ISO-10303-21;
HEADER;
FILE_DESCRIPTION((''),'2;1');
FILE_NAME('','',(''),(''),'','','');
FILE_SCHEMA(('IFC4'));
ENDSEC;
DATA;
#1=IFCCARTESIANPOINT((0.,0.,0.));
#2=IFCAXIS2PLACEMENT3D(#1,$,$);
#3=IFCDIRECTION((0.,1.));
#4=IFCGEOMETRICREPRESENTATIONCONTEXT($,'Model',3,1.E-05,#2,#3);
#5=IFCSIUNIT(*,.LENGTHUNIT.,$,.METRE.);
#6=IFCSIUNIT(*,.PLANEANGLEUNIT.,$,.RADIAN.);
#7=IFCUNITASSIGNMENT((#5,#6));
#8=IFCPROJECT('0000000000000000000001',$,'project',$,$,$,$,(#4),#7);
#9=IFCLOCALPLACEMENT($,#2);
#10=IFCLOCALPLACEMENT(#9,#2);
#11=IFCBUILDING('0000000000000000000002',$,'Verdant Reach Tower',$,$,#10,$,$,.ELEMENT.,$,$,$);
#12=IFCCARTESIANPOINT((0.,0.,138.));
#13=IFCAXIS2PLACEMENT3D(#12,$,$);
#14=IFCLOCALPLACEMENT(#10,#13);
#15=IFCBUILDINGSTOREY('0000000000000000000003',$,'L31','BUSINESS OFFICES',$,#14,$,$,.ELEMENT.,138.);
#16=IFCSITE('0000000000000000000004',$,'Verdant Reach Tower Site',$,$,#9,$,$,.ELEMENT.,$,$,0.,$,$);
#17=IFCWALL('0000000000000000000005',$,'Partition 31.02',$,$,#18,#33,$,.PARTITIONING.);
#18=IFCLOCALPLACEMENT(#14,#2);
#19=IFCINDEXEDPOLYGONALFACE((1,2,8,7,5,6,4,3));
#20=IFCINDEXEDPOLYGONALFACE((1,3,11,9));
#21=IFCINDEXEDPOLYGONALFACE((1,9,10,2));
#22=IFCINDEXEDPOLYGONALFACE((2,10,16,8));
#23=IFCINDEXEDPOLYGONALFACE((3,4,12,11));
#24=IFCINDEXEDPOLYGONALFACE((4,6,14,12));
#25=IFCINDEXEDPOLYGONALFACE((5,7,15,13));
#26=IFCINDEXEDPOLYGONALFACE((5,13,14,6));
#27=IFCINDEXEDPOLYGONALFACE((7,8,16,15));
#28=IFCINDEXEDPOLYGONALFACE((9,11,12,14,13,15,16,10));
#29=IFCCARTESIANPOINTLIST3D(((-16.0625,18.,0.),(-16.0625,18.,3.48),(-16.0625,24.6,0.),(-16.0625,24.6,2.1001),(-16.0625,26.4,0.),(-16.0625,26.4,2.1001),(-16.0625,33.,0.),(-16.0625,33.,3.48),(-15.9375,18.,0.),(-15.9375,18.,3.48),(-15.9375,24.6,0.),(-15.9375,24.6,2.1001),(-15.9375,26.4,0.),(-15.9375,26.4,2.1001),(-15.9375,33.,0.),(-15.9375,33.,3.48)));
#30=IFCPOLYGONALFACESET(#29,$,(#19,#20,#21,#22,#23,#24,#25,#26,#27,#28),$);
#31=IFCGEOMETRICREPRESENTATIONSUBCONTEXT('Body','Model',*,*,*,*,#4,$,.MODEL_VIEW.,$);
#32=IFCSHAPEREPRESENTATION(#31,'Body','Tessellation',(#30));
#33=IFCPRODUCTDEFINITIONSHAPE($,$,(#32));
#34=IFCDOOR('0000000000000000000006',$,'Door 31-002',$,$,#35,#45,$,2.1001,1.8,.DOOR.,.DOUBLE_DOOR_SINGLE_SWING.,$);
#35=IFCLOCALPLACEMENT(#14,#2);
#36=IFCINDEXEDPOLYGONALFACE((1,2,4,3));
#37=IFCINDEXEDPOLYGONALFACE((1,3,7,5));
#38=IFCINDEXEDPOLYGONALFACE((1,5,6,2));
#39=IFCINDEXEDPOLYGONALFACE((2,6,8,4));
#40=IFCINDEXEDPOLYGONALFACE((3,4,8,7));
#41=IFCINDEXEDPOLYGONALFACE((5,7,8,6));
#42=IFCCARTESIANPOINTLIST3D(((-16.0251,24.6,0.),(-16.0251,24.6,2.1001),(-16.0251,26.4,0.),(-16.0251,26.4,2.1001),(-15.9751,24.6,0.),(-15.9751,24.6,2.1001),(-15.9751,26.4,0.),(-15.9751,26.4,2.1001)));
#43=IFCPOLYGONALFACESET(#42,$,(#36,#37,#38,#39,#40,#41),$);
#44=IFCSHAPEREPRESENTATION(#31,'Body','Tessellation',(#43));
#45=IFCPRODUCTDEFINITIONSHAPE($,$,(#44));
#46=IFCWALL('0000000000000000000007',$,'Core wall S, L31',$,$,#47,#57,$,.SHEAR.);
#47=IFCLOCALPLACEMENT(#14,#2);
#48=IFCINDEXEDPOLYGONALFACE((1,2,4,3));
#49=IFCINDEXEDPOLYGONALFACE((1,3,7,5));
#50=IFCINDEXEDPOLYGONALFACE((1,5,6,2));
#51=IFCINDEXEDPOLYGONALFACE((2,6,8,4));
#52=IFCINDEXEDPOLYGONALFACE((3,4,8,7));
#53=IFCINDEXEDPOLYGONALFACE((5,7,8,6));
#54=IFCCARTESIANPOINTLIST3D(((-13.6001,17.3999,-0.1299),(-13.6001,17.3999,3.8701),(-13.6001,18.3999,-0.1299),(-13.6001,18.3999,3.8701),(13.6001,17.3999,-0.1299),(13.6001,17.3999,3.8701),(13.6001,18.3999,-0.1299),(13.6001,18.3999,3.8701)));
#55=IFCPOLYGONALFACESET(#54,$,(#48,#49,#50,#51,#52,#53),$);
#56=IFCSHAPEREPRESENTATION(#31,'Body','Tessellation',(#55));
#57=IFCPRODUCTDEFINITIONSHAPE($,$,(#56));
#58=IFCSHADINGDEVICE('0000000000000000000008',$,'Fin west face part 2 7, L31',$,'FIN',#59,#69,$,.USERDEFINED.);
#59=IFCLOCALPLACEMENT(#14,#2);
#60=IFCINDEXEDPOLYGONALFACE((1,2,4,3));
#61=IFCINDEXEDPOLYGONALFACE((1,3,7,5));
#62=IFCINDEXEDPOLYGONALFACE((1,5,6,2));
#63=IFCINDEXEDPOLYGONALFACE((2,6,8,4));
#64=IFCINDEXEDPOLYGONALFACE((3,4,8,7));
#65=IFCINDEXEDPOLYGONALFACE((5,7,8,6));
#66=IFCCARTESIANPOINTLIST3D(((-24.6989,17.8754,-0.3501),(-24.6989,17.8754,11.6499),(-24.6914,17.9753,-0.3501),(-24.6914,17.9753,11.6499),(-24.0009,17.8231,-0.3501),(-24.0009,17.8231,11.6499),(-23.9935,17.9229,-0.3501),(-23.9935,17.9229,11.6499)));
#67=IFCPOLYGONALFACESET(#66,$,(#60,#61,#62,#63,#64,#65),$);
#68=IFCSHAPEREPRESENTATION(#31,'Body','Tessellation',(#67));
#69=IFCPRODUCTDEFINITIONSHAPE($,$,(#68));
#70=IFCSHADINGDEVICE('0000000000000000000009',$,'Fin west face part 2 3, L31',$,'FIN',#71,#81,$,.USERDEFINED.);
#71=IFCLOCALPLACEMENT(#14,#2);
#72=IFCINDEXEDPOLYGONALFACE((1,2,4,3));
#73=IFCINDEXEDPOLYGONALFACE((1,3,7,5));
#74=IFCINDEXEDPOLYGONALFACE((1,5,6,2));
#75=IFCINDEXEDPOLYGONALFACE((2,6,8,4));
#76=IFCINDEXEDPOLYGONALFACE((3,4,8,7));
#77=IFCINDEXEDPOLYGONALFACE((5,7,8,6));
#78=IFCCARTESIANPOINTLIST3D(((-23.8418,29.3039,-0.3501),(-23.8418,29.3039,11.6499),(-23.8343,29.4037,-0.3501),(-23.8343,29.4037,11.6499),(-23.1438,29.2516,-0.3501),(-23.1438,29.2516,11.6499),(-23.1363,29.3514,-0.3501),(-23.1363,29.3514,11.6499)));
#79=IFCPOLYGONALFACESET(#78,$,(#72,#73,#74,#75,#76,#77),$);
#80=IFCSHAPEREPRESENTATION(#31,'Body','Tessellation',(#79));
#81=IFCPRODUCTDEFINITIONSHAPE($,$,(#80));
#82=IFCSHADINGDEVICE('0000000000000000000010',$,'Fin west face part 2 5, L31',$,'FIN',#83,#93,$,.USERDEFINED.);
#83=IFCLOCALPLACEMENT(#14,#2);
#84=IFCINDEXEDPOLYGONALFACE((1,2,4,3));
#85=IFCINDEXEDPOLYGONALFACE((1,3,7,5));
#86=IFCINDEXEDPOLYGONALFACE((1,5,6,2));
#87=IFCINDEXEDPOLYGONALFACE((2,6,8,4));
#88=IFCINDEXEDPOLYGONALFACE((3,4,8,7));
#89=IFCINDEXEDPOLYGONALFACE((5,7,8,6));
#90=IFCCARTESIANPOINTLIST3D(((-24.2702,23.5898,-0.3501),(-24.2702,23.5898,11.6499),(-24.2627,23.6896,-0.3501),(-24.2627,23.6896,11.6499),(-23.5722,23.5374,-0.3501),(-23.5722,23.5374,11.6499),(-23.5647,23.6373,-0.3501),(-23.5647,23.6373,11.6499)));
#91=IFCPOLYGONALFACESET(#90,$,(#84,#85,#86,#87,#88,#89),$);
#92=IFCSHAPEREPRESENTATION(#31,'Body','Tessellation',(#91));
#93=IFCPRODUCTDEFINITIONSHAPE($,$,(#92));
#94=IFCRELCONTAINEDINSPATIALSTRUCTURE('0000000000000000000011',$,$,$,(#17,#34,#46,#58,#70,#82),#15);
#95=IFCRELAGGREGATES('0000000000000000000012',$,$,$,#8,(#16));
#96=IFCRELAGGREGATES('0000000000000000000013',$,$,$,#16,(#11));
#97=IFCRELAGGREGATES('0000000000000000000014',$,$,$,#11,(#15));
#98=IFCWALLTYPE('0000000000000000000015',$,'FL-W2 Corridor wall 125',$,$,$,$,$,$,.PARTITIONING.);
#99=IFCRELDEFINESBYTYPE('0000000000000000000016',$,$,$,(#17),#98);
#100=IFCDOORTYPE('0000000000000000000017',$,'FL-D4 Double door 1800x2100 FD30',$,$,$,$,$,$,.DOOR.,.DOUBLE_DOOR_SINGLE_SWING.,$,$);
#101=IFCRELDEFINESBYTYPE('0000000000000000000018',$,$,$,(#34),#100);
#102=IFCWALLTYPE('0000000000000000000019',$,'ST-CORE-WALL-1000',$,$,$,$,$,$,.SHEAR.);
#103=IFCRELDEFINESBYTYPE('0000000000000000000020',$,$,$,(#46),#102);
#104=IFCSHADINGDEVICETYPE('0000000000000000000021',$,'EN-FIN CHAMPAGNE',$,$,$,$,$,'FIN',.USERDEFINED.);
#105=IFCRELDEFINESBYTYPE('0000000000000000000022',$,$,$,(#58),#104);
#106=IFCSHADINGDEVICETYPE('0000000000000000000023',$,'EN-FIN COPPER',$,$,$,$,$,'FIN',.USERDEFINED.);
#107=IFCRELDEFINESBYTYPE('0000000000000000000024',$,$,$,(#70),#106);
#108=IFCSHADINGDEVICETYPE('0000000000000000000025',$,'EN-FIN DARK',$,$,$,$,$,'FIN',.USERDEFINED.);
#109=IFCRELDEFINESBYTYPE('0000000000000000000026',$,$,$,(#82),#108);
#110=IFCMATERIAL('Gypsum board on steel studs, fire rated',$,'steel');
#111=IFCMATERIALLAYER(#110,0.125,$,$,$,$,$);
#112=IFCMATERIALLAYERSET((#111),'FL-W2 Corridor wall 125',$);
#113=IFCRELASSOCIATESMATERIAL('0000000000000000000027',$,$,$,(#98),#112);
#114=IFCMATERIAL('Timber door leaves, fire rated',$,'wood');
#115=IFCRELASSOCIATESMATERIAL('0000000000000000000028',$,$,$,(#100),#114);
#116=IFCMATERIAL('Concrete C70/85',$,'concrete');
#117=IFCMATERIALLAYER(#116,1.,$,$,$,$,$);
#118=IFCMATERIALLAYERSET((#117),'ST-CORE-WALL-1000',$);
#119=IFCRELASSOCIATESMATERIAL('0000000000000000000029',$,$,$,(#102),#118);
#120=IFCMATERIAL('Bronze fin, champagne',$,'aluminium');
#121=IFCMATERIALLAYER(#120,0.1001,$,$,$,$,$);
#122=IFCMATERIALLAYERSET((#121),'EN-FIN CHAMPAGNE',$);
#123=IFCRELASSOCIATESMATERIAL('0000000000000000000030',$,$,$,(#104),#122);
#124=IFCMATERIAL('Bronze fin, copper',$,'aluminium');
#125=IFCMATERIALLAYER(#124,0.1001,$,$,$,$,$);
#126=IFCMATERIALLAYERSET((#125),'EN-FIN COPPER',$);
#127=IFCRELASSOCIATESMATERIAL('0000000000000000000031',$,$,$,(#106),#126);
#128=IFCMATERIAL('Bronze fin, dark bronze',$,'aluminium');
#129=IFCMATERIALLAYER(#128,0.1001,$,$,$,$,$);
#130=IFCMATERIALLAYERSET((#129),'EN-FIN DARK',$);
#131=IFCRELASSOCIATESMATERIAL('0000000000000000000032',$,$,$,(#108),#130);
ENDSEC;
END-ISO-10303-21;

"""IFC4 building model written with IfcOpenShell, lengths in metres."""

from ifc_helpers import new_model, si_unit, direction, frame, frame_2d, origin, origin_2d, place, context, subcontext, project, spatial, rectangle, extrude, material, layer, layer_set, type_object, element, fill, save


model = new_model("IFC4")

# Units and contexts
model_context = context("Model", 3, precision=1e-05, world=origin(), true_north=direction((0.0, 1.0)))
body_context = subcontext(model_context, "Body", "Model", "MODEL_VIEW")
ifc_project = project(units=[si_unit("LENGTHUNIT", "METRE"), si_unit("PLANEANGLEUNIT", "RADIAN")], contexts=[model_context])

# Site, building, storey
site_placement = place(None, origin())
site = spatial("IfcSite", under=ifc_project, at=site_placement, Name="Verdant Reach Tower Site", CompositionType="ELEMENT", RefElevation=0.0)
building_placement = place(site_placement, origin())
building = spatial("IfcBuilding", under=site, at=building_placement, Name="Verdant Reach Tower", CompositionType="ELEMENT")
storey_placement = place(building_placement, frame((0.0, 0.0, 138.0)))
storey = spatial("IfcBuildingStorey", under=building, at=storey_placement, Name="L31", Description="BUSINESS OFFICES", CompositionType="ELEMENT", Elevation=138.0)

# Wall, opening, door
ifc_material_1 = material(Name="Gypsum board on steel studs, fire rated", Category="steel")
ifc_layer_1 = layer(ifc_material_1, 0.125)
ifc_layer_set_1 = layer_set([ifc_layer_1], Name="FL-W2 Corridor wall 125")
wall_type_1 = type_object("IfcWallType", Name="FL-W2 Corridor wall 125", PredefinedType="PARTITIONING", material=ifc_layer_set_1)
wall_1_placement = place(storey_placement, frame((-16.0, 33.0, 0.0), z_axis=(0.0, 0.0, 1.0), x_axis=(0.0, -1.0, 0.0)))
wall_1 = element("IfcWall", 1, at=wall_1_placement, inside=storey, type_object=wall_type_1, Name="Partition 31.02", PredefinedType="PARTITIONING", context=body_context, shape_type="SweptSolid", body=[
    extrude(rectangle(XDim=15.0, YDim=0.125, at=frame_2d((7.5, 0.0))), origin(), (0.0, 0.0, 1.0), 3.48),
])
opening_placement = place(wall_1_placement, frame((6.6001, 0.0, 0.0)))
opening = element("IfcOpeningElement", 2, at=opening_placement, cuts=wall_1, PredefinedType="OPENING", context=body_context, shape_type="SweptSolid", body=[
    extrude(rectangle(XDim=1.8, YDim=2.1001, at=frame_2d((0.8999, 1.05))), frame((0.0, 0.0725, 0.0), z_axis=(0.0, -1.0, 0.0), x_axis=(1.0, 0.0, 0.0)), (0.0, 0.0, 1.0), 0.145),
])
ifc_material_2 = material(Name="Timber door leaves, fire rated", Category="wood")
door_type = type_object("IfcDoorType", Name="FL-D4 Double door 1800x2100 FD30", OperationType="DOUBLE_DOOR_SINGLE_SWING", PredefinedType="DOOR", material=ifc_material_2)
door_placement = place(opening_placement, origin())
door = element("IfcDoor", 3, at=door_placement, inside=storey, type_object=door_type, Name="Door 31-002", OperationType="DOUBLE_DOOR_SINGLE_SWING", OverallHeight=2.1001, OverallWidth=1.8, PredefinedType="DOOR", context=body_context, shape_type="SweptSolid", body=[
    extrude(rectangle(XDim=1.8, YDim=2.1001, at=frame_2d((0.8999, 1.05))), frame((0.0, 0.0249, 0.0), z_axis=(0.0, -1.0, 0.0), x_axis=(1.0, 0.0, 0.0)), (0.0, 0.0, 1.0), 0.05),
])
fill(opening, door)

# Wall
ifc_material_3 = material(Name="Concrete C70/85", Category="concrete")
ifc_layer_2 = layer(ifc_material_3, 1.0)
ifc_layer_set_2 = layer_set([ifc_layer_2], Name="ST-CORE-WALL-1000")
wall_type_2 = type_object("IfcWallType", Name="ST-CORE-WALL-1000", PredefinedType="SHEAR", material=ifc_layer_set_2)
wall_2_placement = place(storey_placement, frame((-13.6001, 17.8999, -0.1299), z_axis=(0.0, 0.0, 1.0), x_axis=(1.0, 0.0, 0.0)))
element("IfcWall", 4, at=wall_2_placement, inside=storey, type_object=wall_type_2, Name="Core wall S, L31", PredefinedType="SHEAR", context=body_context, shape_type="SweptSolid", body=[
    extrude(rectangle(XDim=27.2002, YDim=1.0, at=frame_2d((13.6001, 0.0))), origin(), (0.0, 0.0, 1.0), 4.0),
])

# Shading devices
ifc_material_4 = material(Name="Bronze fin, champagne", Category="aluminium")
ifc_layer_3 = layer(ifc_material_4, 0.1001)
ifc_layer_set_3 = layer_set([ifc_layer_3], Name="EN-FIN CHAMPAGNE")
shading_device_type_1 = type_object("IfcShadingDeviceType", Name="EN-FIN CHAMPAGNE", ElementType="FIN", PredefinedType="USERDEFINED", material=ifc_layer_set_3)
shading_device_1_placement = place(storey_placement, frame((-24.3462, 17.8992, -0.3501), z_axis=(0.0, 0.0, 1.0), x_axis=(-0.07479, -0.997199, 0.0)))
element("IfcShadingDevice", 5, at=shading_device_1_placement, inside=storey, type_object=shading_device_type_1, Name="Fin west face part 2 7, L31", ObjectType="FIN", PredefinedType="USERDEFINED", context=body_context, shape_type="SweptSolid", body=[
    extrude(rectangle(XDim=0.1001, YDim=0.7, at=origin_2d()), origin(), (0.0, 0.0, 1.0), 12.0),
])
ifc_material_5 = material(Name="Bronze fin, copper", Category="aluminium")
ifc_layer_4 = layer(ifc_material_5, 0.1001)
ifc_layer_set_4 = layer_set([ifc_layer_4], Name="EN-FIN COPPER")
shading_device_type_2 = type_object("IfcShadingDeviceType", Name="EN-FIN COPPER", ElementType="FIN", PredefinedType="USERDEFINED", material=ifc_layer_set_4)
shading_device_2_placement = place(storey_placement, frame((-23.489, 29.3276, -0.3501), z_axis=(0.0, 0.0, 1.0), x_axis=(-0.07479, -0.997199, 0.0)))
element("IfcShadingDevice", 6, at=shading_device_2_placement, inside=storey, type_object=shading_device_type_2, Name="Fin west face part 2 3, L31", ObjectType="FIN", PredefinedType="USERDEFINED", context=body_context, shape_type="SweptSolid", body=[
    extrude(rectangle(XDim=0.1001, YDim=0.7, at=origin_2d()), origin(), (0.0, 0.0, 1.0), 12.0),
])
ifc_material_6 = material(Name="Bronze fin, dark bronze", Category="aluminium")
ifc_layer_5 = layer(ifc_material_6, 0.1001)
ifc_layer_set_5 = layer_set([ifc_layer_5], Name="EN-FIN DARK")
shading_device_type_3 = type_object("IfcShadingDeviceType", Name="EN-FIN DARK", ElementType="FIN", PredefinedType="USERDEFINED", material=ifc_layer_set_5)
shading_device_3_placement = place(storey_placement, frame((-23.9175, 23.6135, -0.3501), z_axis=(0.0, 0.0, 1.0), x_axis=(-0.07479, -0.997199, 0.0)))
element("IfcShadingDevice", 7, at=shading_device_3_placement, inside=storey, type_object=shading_device_type_3, Name="Fin west face part 2 5, L31", ObjectType="FIN", PredefinedType="USERDEFINED", context=body_context, shape_type="SweptSolid", body=[
    extrude(rectangle(XDim=0.1001, YDim=0.7, at=origin_2d()), origin(), (0.0, 0.0, 1.0), 12.0),
])

save(model, "model.ifc")
